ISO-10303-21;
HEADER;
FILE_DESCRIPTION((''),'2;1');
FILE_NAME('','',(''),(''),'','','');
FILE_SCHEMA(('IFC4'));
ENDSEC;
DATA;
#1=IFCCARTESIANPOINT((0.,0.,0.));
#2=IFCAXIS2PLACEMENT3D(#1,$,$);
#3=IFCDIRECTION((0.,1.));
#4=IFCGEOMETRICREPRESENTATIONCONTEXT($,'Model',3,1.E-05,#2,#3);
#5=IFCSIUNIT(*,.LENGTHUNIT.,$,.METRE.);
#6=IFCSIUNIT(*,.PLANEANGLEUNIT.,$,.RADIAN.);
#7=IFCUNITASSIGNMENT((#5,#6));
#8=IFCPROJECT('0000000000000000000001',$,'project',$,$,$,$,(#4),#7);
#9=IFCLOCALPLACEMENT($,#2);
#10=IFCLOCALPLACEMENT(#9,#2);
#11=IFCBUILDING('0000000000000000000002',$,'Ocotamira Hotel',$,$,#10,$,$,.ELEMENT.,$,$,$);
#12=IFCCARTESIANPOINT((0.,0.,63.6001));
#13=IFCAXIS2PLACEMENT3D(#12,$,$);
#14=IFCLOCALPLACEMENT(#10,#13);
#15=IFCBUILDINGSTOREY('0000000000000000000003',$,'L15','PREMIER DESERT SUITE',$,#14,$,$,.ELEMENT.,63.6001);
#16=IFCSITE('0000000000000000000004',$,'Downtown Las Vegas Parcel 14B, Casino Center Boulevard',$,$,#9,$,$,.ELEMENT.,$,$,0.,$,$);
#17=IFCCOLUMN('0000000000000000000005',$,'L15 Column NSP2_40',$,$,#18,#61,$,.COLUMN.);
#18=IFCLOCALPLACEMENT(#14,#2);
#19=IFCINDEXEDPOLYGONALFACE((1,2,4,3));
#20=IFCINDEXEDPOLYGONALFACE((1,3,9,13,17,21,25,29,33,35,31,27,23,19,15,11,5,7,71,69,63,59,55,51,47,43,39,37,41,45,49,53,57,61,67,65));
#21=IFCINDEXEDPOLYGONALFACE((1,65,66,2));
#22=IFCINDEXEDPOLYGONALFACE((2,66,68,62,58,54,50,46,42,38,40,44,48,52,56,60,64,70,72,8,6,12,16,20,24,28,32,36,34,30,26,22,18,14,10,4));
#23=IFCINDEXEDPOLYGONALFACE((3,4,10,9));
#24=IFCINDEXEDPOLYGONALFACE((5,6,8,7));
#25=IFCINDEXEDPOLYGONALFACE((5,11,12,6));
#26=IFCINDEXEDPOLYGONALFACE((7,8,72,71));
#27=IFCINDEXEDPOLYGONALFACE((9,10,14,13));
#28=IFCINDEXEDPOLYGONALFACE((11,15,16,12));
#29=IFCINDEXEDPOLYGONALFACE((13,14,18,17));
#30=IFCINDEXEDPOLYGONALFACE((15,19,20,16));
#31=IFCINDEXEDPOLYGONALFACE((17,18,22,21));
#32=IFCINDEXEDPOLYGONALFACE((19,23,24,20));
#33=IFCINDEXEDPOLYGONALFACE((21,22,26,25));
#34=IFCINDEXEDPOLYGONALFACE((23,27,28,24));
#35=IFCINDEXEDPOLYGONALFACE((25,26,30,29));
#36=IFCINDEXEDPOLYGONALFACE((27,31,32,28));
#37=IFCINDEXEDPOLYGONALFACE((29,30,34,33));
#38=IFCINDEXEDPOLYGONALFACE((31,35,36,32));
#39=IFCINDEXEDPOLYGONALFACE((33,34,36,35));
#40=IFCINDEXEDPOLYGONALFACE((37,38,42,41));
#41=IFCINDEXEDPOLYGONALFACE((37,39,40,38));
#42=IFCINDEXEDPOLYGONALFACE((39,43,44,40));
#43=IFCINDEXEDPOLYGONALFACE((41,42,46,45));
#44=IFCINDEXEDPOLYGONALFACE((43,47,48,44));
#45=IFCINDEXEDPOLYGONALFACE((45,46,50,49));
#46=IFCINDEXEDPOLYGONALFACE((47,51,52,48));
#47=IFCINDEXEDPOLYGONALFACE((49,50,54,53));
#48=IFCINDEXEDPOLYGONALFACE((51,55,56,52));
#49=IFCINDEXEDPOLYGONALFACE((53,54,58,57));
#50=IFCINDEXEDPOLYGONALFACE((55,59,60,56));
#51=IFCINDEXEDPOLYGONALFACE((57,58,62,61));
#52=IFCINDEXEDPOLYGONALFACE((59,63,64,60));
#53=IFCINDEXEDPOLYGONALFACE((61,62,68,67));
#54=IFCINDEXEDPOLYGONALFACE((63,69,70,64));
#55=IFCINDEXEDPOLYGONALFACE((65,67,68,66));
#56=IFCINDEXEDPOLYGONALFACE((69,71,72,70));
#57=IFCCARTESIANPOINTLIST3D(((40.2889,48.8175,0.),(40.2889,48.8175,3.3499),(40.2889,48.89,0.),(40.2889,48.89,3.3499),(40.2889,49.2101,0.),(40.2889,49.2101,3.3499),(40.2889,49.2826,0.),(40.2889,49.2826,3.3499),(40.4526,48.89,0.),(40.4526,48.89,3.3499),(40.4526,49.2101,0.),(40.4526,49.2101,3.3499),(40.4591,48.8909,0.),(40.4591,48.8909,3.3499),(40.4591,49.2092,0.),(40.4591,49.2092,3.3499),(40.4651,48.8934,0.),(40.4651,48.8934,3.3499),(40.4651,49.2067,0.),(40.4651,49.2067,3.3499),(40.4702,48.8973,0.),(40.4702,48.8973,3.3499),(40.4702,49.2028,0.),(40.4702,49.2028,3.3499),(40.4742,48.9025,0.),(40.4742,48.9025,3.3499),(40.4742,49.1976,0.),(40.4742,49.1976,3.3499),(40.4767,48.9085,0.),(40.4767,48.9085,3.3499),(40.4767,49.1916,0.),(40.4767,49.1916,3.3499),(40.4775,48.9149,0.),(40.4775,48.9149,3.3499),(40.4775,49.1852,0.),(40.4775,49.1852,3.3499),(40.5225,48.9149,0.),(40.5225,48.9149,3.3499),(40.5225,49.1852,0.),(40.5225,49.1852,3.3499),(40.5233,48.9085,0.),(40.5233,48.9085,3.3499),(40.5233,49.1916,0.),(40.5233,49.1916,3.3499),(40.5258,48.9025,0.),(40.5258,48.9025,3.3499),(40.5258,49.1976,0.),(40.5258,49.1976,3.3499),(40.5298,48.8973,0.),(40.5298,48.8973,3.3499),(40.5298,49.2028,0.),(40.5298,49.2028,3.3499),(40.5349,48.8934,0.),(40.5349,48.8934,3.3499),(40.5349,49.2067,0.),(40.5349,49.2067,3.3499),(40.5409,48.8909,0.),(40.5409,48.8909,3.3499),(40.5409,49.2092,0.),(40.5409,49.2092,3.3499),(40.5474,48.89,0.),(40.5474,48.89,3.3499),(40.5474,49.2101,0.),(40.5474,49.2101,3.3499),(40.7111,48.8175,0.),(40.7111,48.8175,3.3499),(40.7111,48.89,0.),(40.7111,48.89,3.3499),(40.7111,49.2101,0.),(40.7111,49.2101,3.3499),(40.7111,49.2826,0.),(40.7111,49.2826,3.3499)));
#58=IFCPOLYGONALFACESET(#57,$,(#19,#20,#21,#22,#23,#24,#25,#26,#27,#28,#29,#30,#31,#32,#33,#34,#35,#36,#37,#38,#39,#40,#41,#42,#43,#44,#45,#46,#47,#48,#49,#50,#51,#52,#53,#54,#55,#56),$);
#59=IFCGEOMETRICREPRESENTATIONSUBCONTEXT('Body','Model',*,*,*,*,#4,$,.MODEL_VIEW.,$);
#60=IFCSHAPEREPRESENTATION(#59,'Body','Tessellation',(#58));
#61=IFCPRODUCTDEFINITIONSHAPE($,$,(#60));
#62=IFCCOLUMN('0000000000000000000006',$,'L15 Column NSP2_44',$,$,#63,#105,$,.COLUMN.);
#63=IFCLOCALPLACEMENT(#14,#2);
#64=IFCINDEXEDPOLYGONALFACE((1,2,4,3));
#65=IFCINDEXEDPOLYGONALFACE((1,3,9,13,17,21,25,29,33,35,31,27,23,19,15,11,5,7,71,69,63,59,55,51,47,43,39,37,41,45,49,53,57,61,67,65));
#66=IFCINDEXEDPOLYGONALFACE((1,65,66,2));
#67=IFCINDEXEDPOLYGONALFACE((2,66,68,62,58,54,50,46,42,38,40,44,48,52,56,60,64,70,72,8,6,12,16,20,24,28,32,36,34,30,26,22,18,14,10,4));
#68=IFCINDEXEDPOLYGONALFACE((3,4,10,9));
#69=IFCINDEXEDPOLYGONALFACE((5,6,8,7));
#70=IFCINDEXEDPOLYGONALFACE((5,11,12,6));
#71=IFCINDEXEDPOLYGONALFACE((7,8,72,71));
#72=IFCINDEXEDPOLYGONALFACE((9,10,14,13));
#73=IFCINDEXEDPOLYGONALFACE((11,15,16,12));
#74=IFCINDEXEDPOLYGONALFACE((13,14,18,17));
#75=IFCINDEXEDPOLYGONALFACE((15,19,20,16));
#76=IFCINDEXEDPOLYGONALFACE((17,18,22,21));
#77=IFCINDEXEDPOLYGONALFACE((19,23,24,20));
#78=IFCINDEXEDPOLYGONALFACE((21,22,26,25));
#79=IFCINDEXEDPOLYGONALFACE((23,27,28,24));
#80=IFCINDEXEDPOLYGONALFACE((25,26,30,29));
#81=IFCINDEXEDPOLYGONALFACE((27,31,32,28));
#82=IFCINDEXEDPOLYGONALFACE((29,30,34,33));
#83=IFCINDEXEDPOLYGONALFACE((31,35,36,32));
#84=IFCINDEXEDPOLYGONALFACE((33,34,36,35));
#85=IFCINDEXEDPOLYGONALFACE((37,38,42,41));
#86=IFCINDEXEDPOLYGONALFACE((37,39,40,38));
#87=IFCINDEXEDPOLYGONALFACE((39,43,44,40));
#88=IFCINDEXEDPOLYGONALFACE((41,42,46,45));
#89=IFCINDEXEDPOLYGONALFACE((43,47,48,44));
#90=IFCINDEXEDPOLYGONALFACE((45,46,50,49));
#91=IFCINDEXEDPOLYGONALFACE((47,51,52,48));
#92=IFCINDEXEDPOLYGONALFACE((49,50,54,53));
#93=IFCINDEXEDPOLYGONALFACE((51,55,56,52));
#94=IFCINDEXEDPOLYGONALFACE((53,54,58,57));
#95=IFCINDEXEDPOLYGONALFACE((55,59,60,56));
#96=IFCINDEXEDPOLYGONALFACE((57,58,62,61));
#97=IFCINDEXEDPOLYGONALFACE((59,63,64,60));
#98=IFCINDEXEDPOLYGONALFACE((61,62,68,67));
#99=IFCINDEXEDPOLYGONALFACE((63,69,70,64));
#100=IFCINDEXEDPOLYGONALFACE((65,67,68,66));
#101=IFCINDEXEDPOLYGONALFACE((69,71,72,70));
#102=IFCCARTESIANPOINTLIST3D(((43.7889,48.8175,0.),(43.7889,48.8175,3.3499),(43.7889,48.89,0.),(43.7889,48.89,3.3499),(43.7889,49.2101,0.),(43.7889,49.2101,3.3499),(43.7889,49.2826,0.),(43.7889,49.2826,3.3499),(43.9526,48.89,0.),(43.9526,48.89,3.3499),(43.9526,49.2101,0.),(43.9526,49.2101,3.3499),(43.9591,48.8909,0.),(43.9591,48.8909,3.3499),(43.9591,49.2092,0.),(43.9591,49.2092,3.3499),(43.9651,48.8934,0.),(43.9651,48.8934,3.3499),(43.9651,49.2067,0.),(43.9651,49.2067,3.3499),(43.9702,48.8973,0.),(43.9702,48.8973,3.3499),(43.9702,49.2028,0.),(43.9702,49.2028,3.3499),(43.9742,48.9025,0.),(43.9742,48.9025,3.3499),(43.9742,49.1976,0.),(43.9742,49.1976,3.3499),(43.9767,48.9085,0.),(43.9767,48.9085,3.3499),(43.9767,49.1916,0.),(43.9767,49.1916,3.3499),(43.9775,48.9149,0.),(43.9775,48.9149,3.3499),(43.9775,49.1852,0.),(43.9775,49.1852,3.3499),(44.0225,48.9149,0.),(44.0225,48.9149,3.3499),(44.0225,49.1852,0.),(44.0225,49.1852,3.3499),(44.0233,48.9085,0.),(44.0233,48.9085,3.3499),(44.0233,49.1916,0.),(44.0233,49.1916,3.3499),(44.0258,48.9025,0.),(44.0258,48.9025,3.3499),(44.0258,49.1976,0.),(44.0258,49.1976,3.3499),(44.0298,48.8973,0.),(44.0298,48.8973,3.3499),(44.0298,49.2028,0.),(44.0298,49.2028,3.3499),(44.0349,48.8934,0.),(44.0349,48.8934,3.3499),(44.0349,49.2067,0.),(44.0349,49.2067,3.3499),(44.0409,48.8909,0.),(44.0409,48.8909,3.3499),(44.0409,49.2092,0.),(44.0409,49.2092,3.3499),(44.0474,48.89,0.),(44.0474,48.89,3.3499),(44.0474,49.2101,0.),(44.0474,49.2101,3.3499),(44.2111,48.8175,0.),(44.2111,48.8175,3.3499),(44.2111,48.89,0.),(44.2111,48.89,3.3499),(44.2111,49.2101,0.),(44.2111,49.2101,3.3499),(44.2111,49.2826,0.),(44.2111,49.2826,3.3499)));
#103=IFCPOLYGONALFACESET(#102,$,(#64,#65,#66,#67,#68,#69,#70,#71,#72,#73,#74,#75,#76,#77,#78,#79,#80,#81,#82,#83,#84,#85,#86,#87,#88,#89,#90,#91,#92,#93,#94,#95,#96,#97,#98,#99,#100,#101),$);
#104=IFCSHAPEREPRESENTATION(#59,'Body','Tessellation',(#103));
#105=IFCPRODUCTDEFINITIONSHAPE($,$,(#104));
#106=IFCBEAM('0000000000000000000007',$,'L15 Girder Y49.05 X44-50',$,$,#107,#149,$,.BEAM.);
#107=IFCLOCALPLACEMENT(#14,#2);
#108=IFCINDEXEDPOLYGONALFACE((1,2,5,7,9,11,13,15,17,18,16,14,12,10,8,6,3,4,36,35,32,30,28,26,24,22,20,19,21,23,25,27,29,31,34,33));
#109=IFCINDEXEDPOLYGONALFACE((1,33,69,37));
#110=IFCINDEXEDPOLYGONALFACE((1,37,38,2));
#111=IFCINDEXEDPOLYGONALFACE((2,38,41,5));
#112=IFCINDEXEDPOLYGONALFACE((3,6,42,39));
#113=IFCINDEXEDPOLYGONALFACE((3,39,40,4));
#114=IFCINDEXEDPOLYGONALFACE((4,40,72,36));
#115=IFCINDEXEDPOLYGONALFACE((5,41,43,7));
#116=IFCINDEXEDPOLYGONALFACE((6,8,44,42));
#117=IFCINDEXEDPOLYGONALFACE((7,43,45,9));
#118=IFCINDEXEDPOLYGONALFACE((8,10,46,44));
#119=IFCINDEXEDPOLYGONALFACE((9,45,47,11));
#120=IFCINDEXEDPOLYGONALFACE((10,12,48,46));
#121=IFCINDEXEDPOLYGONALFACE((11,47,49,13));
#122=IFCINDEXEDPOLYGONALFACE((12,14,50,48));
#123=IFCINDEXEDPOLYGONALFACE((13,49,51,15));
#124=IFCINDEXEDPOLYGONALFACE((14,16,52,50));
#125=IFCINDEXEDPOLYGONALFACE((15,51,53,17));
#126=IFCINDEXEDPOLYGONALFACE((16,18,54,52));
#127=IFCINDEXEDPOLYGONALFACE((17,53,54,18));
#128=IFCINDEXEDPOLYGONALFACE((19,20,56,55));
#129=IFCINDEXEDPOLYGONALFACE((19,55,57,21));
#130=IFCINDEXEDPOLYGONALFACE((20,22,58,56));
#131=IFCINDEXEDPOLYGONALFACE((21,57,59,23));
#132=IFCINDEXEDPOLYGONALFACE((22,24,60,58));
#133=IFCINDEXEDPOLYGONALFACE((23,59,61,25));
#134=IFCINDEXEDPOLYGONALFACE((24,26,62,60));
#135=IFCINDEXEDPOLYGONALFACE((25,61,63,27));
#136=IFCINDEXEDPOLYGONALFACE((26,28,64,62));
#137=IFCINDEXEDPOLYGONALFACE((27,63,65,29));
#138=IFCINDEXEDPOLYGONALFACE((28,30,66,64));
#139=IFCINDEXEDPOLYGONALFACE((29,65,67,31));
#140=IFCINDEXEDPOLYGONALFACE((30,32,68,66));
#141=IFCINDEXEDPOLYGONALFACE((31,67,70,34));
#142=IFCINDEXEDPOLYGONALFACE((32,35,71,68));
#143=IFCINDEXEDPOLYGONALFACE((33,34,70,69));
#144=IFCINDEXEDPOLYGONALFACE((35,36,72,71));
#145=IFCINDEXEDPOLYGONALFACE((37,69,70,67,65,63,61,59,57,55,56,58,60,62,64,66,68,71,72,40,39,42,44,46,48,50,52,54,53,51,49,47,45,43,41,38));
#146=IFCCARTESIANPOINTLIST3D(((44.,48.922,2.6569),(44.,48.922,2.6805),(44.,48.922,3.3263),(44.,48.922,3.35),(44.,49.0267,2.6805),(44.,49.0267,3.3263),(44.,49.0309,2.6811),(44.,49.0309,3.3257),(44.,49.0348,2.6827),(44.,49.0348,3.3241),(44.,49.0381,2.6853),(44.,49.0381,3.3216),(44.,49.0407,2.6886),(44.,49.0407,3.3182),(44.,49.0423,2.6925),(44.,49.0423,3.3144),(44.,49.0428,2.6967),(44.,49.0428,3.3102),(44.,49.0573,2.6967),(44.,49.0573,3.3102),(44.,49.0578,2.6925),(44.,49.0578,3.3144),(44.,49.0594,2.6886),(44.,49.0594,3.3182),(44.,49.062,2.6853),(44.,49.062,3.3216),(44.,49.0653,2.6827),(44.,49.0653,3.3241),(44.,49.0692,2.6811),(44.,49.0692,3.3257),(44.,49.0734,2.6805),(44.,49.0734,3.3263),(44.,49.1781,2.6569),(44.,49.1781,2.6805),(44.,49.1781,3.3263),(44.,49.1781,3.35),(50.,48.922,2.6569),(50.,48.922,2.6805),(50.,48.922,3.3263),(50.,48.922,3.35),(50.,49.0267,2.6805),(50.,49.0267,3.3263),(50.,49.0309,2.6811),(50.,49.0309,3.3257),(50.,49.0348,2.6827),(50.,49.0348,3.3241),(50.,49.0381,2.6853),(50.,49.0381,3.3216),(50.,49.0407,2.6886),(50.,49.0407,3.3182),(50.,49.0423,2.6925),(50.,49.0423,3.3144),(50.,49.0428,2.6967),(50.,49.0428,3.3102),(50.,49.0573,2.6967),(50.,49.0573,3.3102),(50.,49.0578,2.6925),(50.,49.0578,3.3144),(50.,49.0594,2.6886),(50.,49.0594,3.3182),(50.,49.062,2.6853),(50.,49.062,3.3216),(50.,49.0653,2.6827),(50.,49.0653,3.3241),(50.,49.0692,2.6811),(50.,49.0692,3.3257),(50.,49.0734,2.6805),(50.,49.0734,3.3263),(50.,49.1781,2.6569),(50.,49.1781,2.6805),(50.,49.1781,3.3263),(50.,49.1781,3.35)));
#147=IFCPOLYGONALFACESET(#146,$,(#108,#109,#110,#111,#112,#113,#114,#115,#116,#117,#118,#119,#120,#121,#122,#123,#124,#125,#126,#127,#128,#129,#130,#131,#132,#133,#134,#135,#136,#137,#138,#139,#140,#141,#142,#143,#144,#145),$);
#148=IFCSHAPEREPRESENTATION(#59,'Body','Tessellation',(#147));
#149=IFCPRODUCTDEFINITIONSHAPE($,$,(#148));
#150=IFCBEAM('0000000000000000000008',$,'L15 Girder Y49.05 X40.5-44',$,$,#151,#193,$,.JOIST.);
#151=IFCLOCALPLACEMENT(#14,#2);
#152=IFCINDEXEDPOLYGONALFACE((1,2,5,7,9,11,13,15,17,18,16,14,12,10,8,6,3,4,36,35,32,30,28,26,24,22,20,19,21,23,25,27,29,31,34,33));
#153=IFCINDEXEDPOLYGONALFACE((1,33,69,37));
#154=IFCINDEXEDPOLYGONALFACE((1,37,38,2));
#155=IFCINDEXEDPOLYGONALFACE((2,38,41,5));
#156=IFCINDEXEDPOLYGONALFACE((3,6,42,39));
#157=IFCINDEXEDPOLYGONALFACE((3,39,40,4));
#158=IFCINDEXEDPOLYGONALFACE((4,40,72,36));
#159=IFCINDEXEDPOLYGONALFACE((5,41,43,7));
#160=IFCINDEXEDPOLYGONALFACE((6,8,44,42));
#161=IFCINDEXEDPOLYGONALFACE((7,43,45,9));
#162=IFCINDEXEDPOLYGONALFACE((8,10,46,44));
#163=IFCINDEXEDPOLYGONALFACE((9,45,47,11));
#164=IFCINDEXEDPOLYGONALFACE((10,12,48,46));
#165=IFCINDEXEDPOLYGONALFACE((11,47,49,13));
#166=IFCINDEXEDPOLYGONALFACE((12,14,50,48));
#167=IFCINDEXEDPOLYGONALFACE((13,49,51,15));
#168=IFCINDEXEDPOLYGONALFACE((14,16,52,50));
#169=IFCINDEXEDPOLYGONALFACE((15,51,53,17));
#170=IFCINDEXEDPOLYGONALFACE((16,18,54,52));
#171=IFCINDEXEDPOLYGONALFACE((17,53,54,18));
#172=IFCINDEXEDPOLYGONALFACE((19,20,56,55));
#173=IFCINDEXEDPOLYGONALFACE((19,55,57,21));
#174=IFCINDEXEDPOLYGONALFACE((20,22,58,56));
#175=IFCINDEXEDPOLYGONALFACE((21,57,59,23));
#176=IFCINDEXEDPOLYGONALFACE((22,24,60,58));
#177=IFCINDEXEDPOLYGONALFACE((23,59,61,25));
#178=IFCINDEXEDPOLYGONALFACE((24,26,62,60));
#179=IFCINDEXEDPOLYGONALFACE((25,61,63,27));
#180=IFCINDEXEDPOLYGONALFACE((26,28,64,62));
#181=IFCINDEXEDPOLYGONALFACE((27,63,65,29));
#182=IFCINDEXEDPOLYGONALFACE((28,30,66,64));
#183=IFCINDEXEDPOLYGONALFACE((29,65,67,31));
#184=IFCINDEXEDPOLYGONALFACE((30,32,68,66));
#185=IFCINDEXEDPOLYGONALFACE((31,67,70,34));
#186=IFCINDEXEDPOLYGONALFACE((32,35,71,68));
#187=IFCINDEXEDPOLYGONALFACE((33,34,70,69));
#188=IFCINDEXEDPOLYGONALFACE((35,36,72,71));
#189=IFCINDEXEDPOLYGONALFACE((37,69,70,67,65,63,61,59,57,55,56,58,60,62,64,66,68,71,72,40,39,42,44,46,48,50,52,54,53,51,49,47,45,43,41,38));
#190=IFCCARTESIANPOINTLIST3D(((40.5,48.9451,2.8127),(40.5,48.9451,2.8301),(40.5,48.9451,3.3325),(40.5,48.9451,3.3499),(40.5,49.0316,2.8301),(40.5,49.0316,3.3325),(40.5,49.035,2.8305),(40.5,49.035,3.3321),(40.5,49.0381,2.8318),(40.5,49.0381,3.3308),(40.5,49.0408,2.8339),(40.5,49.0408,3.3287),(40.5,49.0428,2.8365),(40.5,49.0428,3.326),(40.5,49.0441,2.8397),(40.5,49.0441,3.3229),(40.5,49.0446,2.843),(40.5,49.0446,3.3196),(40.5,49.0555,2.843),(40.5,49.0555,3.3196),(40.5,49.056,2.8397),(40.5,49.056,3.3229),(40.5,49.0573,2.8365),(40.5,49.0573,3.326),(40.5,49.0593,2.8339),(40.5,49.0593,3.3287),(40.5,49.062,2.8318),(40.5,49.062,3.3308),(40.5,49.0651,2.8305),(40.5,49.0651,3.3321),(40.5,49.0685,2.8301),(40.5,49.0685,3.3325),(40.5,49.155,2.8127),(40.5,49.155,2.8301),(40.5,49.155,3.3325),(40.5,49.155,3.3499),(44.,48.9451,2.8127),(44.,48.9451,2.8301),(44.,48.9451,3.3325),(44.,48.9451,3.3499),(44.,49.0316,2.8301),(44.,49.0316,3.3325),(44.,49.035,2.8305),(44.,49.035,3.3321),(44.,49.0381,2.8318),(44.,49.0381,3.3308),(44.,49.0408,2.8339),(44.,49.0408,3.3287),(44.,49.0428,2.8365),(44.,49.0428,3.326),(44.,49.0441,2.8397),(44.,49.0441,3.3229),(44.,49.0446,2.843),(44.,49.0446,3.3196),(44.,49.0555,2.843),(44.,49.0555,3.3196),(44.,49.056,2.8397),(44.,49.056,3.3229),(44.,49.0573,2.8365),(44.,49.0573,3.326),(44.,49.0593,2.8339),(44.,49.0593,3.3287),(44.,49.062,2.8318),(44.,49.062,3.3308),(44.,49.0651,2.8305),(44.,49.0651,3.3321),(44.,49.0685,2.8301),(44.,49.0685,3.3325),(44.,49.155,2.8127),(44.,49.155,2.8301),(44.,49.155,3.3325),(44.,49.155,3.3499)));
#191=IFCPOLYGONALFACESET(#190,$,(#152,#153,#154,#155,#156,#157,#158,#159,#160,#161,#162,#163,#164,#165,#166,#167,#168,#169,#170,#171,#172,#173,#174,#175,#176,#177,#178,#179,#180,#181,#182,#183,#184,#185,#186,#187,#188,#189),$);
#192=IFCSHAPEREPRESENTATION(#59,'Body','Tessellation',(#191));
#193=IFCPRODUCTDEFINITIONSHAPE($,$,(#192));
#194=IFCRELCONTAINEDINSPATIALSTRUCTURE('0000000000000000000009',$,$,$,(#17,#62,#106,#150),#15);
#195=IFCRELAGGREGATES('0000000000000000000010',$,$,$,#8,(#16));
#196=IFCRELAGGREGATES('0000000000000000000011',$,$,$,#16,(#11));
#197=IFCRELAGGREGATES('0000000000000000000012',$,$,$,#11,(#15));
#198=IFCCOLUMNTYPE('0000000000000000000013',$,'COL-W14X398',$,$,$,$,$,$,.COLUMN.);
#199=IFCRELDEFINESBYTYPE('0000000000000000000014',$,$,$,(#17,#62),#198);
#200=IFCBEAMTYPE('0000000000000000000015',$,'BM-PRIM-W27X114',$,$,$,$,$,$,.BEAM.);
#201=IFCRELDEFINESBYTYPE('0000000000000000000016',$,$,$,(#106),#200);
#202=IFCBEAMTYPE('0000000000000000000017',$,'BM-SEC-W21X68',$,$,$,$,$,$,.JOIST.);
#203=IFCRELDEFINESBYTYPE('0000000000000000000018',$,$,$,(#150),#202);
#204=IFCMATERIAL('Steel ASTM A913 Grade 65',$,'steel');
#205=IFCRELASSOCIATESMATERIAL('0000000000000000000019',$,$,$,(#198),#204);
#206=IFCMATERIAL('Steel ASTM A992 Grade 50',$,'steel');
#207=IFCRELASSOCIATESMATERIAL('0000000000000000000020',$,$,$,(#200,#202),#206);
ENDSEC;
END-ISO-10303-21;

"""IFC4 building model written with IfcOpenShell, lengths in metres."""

from ifc_helpers import new_model, si_unit, direction, frame, origin, origin_2d, place, context, subcontext, project, spatial, i_section, extrude, source, transform, mapped, material, material_profile, profile_set, type_object, element, save


model = new_model("IFC4")

# Units and contexts
model_context = context("Model", 3, precision=1e-05, world=origin(), true_north=direction((0.0, 1.0)))
body_context = subcontext(model_context, "Body", "Model", "MODEL_VIEW")
ifc_project = project(units=[si_unit("LENGTHUNIT", "METRE"), si_unit("PLANEANGLEUNIT", "RADIAN")], contexts=[model_context])

# Site, building, storey
site_placement = place(None, origin())
site = spatial("IfcSite", under=ifc_project, at=site_placement, Name="Downtown Las Vegas Parcel 14B, Casino Center Boulevard", CompositionType="ELEMENT", RefElevation=0.0)
building_placement = place(site_placement, origin())
building = spatial("IfcBuilding", under=site, at=building_placement, Name="Ocotamira Hotel", CompositionType="ELEMENT")
storey_placement = place(building_placement, frame((0.0, 0.0, 63.6001)))
storey = spatial("IfcBuildingStorey", under=building, at=storey_placement, Name="L15", Description="PREMIER DESERT SUITE", CompositionType="ELEMENT", Elevation=63.6001)

# Columns
ifc_material_1 = material(Name="Steel ASTM A913 Grade 65", Category="steel")
ifc_material_profile_1 = material_profile(ifc_material_1, i_section(OverallWidth=0.4221, OverallDepth=0.4651, WebThickness=0.0449, FlangeThickness=0.0725, FilletRadius=0.0249, at=origin_2d()), Name="W14X398")
ifc_profile_set_1 = profile_set([ifc_material_profile_1], Name="Steel ASTM A913 Grade 65")
column_type = type_object("IfcColumnType", Name="COL-W14X398", PredefinedType="COLUMN", material=ifc_profile_set_1)
shared_shape_1 = source(origin(), body_context, "Body", "SweptSolid", [
    extrude(i_section(OverallWidth=0.4221, OverallDepth=0.4651, WebThickness=0.0449, FlangeThickness=0.0725, FilletRadius=0.0249, at=origin_2d()), origin(), (0.0, 0.0, 1.0), 3.3499),
])
for number, where, z_axis, x_axis, name in (
    (1, (40.5, 49.05, 0.0), (0.0, 0.0, 1.0), (1.0, 0.0, 0.0), "L15 Column NSP2_40"),
    (2, (44.0, 49.05, 0.0), (0.0, 0.0, 1.0), (1.0, 0.0, 0.0), "L15 Column NSP2_44"),
):
    element("IfcColumn", number, at=place(storey_placement, frame(where, z_axis=z_axis, x_axis=x_axis)), inside=storey, type_object=column_type, Name=name, PredefinedType="COLUMN", context=body_context, shape_type="MappedRepresentation", body=[
        mapped(shared_shape_1, transform((0.0, 0.0, 0.0), scale=1.0)),
    ])

# Beams
ifc_material_2 = material(Name="Steel ASTM A992 Grade 50", Category="steel")
ifc_material_profile_2 = material_profile(ifc_material_2, i_section(OverallWidth=0.2561, OverallDepth=0.6931, WebThickness=0.0144, FlangeThickness=0.0237, FilletRadius=0.0161, at=origin_2d()), Name="W27X114")
ifc_profile_set_2 = profile_set([ifc_material_profile_2], Name="Steel ASTM A992 Grade 50")
beam_type_1 = type_object("IfcBeamType", Name="BM-PRIM-W27X114", PredefinedType="BEAM", material=ifc_profile_set_2)
shared_shape_2 = source(origin(), body_context, "Body", "SweptSolid", [
    extrude(i_section(OverallWidth=0.2561, OverallDepth=0.6931, WebThickness=0.0144, FlangeThickness=0.0237, FilletRadius=0.0161, at=origin_2d()), origin(), (0.0, 0.0, 1.0), 6.0),
])
beam_1_placement = place(storey_placement, frame((44.0, 49.05, 3.0034), z_axis=(1.0, 0.0, 0.0), x_axis=(0.0, 1.0, 0.0)))
element("IfcBeam", 3, at=beam_1_placement, inside=storey, type_object=beam_type_1, Name="L15 Girder Y49.05 X44-50", PredefinedType="BEAM", context=body_context, shape_type="MappedRepresentation", body=[
    mapped(shared_shape_2, transform((0.0, 0.0, 0.0), scale=1.0)),
])
ifc_material_profile_3 = material_profile(ifc_material_2, i_section(OverallWidth=0.21, OverallDepth=0.5371, WebThickness=0.011, FlangeThickness=0.0173, FilletRadius=0.0129, at=origin_2d()), Name="W21X68")
ifc_profile_set_3 = profile_set([ifc_material_profile_3], Name="Steel ASTM A992 Grade 50")
beam_type_2 = type_object("IfcBeamType", Name="BM-SEC-W21X68", PredefinedType="JOIST", material=ifc_profile_set_3)
shared_shape_3 = source(origin(), body_context, "Body", "SweptSolid", [
    extrude(i_section(OverallWidth=0.21, OverallDepth=0.5371, WebThickness=0.011, FlangeThickness=0.0173, FilletRadius=0.0129, at=origin_2d()), origin(), (0.0, 0.0, 1.0), 3.5),
])
beam_2_placement = place(storey_placement, frame((40.5, 49.05, 3.0813), z_axis=(1.0, 0.0, 0.0), x_axis=(0.0, 1.0, 0.0)))
element("IfcBeam", 4, at=beam_2_placement, inside=storey, type_object=beam_type_2, Name="L15 Girder Y49.05 X40.5-44", PredefinedType="JOIST", context=body_context, shape_type="MappedRepresentation", body=[
    mapped(shared_shape_3, transform((0.0, 0.0, 0.0), scale=1.0)),
])

save(model, "model.ifc")
